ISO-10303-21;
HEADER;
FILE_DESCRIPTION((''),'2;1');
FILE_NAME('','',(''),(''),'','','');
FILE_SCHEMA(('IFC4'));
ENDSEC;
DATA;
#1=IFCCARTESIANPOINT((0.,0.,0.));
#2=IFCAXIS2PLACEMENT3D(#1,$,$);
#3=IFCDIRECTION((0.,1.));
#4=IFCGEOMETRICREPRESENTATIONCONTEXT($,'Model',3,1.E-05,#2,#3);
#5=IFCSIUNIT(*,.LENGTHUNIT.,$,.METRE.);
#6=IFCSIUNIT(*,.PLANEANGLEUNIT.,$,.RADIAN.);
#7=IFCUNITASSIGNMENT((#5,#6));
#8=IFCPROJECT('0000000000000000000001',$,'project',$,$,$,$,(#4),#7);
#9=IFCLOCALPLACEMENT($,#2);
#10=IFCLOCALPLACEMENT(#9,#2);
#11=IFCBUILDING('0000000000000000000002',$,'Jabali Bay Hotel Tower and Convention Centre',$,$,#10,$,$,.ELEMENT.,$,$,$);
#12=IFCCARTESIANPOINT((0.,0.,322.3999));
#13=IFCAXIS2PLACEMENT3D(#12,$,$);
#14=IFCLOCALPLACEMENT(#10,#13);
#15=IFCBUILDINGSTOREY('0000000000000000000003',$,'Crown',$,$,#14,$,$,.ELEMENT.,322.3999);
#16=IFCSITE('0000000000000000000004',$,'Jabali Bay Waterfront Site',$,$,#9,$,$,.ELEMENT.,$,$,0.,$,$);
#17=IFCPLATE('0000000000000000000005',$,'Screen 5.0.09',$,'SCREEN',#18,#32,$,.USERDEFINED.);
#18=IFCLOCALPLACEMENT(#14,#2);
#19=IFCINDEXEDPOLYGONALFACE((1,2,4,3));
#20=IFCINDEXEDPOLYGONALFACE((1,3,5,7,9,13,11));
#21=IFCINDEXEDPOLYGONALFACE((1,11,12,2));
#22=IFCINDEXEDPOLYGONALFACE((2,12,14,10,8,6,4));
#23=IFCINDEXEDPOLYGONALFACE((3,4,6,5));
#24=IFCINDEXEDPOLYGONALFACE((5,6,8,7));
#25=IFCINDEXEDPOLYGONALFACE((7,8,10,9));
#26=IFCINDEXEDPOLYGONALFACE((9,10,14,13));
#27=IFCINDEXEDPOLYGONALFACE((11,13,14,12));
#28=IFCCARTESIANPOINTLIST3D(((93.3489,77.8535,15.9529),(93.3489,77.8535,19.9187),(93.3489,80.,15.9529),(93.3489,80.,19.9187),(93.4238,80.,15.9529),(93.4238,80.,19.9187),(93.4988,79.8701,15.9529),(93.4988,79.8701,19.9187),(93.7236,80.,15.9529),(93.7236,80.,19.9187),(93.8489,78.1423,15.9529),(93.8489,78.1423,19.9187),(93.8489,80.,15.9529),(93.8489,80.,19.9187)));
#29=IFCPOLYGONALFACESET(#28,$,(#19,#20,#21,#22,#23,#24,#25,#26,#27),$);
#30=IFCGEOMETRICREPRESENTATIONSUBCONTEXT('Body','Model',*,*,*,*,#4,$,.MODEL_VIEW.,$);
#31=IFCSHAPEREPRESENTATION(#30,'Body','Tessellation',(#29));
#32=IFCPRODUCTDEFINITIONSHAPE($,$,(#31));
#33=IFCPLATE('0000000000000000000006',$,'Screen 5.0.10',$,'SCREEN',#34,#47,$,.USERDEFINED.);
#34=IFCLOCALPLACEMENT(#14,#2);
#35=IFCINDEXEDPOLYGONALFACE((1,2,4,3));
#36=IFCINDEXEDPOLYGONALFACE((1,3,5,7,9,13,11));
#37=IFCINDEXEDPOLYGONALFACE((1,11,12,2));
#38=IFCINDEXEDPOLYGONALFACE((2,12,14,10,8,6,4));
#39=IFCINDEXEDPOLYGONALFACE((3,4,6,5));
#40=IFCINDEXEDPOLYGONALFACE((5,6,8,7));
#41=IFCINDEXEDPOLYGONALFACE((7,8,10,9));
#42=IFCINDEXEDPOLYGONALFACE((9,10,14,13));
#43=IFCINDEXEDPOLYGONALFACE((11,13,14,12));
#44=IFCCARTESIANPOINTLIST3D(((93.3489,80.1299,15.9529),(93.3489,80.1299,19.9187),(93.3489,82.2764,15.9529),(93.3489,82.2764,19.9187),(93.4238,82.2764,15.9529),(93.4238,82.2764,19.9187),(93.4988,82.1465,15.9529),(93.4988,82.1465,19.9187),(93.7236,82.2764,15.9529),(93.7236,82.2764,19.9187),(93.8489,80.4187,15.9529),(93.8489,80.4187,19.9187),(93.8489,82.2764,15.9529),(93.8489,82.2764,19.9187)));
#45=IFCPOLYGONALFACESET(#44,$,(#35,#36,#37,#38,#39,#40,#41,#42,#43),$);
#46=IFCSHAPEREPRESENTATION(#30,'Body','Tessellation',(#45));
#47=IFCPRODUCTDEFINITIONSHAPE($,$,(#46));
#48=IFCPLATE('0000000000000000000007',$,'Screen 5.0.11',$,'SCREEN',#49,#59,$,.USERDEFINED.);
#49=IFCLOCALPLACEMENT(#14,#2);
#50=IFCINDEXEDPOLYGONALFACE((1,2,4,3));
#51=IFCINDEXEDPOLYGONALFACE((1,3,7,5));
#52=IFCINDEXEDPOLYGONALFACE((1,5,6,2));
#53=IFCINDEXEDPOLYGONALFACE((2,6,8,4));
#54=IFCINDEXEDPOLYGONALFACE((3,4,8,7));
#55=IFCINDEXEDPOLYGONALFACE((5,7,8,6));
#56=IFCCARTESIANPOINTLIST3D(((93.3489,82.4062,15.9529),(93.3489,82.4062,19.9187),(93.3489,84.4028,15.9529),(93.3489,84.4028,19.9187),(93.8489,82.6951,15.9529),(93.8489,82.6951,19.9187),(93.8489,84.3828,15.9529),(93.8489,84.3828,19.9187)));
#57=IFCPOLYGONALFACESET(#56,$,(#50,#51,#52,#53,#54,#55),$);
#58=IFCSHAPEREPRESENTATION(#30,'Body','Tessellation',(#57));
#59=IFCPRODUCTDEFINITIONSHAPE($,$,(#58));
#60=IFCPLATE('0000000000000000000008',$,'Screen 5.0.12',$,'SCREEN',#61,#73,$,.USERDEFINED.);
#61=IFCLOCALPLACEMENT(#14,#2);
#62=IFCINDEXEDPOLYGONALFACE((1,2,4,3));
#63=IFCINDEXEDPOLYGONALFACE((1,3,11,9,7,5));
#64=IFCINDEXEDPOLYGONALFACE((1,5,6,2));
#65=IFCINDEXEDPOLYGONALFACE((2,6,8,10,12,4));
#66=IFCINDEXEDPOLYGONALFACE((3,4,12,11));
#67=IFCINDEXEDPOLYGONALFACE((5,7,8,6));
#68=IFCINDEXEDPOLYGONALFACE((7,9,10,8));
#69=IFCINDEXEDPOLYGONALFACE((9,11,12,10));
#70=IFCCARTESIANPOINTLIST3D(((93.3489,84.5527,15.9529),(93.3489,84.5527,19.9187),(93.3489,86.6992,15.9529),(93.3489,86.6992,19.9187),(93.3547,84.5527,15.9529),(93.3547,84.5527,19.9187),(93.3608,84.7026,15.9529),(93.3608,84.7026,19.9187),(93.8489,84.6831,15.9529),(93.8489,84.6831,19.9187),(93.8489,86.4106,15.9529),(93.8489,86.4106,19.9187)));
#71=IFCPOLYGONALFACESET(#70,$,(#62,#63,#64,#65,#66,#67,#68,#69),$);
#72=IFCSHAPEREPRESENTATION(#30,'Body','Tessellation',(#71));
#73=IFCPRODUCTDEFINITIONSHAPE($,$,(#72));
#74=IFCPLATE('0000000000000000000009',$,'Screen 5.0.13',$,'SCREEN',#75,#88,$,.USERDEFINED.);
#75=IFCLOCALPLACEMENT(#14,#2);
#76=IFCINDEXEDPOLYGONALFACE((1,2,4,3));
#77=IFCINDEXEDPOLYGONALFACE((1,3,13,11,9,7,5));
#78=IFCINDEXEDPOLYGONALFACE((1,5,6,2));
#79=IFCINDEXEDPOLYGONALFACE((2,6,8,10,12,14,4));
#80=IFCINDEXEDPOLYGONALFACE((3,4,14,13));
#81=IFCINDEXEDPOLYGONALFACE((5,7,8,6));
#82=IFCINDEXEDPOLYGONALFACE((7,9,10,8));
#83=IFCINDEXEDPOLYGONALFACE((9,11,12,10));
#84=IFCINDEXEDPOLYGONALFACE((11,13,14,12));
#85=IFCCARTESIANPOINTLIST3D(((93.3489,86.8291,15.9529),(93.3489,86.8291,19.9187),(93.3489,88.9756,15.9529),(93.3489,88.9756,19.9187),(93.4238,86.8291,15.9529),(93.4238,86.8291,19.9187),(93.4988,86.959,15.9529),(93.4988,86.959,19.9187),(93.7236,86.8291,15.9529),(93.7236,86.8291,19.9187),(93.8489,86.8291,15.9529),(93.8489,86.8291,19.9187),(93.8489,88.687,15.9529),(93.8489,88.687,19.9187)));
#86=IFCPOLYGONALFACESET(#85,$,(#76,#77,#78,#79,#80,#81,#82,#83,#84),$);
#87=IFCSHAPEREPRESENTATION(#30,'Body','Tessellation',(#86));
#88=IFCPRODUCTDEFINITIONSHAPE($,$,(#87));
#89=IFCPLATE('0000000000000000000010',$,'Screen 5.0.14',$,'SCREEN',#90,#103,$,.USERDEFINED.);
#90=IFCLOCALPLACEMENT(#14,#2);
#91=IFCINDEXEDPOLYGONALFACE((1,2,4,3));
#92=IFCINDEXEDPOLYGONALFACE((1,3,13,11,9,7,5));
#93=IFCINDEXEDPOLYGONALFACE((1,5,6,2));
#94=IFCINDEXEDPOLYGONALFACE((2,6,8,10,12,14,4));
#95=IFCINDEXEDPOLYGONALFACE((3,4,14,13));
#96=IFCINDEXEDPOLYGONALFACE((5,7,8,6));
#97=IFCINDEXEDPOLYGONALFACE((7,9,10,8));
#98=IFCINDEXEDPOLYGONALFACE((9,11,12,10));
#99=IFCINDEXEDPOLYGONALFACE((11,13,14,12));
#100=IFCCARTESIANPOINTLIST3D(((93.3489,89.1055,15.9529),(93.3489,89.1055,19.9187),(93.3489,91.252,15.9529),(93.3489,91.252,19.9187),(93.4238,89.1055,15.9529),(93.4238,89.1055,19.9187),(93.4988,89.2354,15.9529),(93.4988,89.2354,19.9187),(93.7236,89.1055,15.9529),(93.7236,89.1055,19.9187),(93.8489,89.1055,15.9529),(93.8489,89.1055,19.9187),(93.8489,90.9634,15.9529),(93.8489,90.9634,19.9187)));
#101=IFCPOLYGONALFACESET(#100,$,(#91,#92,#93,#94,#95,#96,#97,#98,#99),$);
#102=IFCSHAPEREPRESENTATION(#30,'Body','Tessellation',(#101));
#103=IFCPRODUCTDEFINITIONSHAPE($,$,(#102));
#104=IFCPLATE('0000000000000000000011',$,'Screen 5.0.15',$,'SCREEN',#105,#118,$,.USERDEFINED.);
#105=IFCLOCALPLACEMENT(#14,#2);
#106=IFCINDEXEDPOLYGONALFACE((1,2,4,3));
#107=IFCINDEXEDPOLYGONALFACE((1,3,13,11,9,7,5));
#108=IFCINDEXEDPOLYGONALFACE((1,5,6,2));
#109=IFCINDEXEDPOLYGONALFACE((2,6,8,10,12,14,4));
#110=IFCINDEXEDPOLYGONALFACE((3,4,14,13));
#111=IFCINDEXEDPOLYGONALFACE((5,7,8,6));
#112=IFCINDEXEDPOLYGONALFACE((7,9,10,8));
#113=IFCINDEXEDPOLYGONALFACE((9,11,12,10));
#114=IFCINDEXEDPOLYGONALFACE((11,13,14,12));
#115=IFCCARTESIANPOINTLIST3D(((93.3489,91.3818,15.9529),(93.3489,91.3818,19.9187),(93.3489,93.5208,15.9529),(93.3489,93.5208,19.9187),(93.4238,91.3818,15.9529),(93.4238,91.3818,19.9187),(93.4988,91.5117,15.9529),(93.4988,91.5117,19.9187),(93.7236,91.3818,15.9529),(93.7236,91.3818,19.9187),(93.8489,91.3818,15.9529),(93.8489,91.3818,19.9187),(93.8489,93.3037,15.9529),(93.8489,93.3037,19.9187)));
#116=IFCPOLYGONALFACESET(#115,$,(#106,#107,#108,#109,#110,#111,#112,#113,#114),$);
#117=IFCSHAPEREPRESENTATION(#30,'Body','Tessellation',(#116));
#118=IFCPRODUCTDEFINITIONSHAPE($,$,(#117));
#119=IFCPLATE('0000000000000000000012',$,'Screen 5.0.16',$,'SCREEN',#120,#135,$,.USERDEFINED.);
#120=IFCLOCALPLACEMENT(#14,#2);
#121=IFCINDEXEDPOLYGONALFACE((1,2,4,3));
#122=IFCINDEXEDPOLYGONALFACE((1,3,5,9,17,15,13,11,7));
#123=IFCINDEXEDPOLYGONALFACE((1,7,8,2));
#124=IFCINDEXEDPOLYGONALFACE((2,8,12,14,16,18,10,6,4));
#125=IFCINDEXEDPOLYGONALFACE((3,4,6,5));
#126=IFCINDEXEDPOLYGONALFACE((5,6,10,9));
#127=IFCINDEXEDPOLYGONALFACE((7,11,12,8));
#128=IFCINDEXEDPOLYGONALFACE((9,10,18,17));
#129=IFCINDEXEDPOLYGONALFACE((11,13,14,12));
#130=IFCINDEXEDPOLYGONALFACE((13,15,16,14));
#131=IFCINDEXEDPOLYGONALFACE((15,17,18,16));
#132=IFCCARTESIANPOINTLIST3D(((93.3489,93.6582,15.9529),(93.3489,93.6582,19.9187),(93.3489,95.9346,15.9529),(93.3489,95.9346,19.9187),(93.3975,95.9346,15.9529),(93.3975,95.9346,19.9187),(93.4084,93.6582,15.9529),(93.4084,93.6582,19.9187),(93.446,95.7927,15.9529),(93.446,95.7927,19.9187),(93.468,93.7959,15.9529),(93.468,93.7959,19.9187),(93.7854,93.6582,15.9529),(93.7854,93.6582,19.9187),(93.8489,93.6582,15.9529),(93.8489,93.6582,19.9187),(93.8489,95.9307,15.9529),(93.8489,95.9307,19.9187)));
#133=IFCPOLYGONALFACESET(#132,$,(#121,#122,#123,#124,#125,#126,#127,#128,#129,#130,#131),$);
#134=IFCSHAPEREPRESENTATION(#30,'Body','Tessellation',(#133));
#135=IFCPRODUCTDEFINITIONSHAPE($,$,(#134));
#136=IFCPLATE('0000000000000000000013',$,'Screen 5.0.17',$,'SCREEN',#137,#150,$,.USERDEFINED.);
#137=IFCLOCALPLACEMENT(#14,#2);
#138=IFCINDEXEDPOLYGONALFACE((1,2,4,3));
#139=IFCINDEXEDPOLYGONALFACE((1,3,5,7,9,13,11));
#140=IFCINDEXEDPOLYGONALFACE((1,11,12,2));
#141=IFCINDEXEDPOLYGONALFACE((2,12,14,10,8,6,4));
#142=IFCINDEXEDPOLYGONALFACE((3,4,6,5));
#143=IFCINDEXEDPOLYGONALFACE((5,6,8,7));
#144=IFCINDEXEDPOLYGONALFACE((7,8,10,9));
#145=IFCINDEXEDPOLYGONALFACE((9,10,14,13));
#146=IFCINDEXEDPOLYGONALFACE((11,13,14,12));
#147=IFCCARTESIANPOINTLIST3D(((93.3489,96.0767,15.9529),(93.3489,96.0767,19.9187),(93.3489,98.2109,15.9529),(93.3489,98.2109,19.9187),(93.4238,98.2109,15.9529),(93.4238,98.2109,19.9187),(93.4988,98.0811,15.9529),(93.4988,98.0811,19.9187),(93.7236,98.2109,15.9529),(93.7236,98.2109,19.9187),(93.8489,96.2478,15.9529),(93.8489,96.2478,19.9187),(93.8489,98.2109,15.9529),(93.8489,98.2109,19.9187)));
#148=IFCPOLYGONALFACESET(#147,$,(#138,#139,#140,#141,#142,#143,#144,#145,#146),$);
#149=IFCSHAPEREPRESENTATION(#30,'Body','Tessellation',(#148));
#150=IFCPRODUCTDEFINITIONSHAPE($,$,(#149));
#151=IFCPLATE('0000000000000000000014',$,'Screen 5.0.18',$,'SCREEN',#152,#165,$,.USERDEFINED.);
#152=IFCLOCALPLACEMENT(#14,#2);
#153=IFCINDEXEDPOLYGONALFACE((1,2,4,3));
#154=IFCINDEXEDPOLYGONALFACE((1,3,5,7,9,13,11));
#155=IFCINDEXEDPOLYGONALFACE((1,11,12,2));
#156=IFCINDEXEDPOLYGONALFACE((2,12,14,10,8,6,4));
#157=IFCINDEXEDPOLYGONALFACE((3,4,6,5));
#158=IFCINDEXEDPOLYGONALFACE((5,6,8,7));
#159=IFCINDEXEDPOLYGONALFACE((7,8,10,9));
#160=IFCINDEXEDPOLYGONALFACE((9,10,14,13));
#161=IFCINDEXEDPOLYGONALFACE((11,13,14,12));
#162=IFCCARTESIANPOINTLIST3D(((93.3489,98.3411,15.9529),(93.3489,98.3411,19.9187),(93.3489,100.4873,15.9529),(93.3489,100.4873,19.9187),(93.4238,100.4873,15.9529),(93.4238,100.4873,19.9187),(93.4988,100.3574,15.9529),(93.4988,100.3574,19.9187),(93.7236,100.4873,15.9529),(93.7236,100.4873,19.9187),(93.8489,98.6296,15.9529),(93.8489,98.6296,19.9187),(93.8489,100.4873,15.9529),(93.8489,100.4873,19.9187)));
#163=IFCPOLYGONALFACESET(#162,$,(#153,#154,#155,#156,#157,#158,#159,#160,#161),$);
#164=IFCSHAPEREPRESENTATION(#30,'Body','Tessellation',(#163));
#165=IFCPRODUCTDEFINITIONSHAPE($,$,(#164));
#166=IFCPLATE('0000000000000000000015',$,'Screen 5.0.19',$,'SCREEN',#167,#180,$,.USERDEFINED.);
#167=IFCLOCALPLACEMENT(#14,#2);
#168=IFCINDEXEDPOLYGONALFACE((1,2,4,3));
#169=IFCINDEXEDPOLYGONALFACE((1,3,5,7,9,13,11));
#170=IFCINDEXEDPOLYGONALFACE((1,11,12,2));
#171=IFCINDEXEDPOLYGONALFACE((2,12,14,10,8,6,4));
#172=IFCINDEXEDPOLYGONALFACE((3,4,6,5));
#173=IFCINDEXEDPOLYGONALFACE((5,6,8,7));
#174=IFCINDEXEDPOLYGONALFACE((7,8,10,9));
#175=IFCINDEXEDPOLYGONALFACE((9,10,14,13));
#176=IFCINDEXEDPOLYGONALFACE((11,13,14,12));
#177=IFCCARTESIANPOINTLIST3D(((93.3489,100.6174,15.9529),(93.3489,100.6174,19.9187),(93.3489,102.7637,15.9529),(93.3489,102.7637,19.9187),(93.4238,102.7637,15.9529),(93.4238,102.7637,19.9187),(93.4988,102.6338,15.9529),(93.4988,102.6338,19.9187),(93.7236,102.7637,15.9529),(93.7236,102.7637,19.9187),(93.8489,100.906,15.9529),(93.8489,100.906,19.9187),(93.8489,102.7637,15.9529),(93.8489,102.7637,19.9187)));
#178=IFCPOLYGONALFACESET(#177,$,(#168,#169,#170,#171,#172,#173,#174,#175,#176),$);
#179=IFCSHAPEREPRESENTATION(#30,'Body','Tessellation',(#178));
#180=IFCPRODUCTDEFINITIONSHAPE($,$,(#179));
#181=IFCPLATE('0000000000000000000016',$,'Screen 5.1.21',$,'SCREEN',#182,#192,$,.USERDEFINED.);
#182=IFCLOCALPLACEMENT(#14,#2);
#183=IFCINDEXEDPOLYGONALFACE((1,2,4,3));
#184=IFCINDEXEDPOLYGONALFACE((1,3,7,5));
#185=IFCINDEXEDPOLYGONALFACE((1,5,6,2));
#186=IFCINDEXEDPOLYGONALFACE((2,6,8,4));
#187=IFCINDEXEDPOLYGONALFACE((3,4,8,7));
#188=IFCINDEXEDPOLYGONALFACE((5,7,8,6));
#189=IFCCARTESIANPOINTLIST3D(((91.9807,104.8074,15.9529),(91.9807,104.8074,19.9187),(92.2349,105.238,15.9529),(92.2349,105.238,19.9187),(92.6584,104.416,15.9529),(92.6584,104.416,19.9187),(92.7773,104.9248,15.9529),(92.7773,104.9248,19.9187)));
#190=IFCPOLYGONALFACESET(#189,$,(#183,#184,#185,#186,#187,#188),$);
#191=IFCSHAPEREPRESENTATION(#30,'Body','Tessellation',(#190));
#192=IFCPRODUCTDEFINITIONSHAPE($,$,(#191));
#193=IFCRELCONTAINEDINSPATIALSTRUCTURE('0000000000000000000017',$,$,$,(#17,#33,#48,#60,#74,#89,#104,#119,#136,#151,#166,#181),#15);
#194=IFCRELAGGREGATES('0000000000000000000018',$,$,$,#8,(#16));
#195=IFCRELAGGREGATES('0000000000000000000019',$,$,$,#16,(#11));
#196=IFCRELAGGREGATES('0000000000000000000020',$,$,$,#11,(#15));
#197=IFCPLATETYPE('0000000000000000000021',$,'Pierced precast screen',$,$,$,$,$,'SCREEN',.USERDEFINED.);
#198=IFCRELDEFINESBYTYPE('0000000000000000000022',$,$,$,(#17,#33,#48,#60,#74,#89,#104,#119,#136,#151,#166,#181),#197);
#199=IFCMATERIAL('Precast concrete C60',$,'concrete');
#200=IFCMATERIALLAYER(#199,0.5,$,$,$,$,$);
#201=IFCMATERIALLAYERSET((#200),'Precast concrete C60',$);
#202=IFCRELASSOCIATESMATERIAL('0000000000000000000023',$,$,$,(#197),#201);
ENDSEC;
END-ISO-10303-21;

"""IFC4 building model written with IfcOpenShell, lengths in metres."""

from ifc_helpers import new_model, si_unit, direction, frame, origin, place, context, subcontext, project, spatial, polyline, outline, extrude, material, layer, layer_set, type_object, element, save


model = new_model("IFC4")

# Units and contexts
model_context = context("Model", 3, precision=1e-05, world=origin(), true_north=direction((0.0, 1.0)))
body_context = subcontext(model_context, "Body", "Model", "MODEL_VIEW")
ifc_project = project(units=[si_unit("LENGTHUNIT", "METRE"), si_unit("PLANEANGLEUNIT", "RADIAN")], contexts=[model_context])

# Site, building, storey
site_placement = place(None, origin())
site = spatial("IfcSite", under=ifc_project, at=site_placement, Name="Jabali Bay Waterfront Site", CompositionType="ELEMENT", RefElevation=0.0)
building_placement = place(site_placement, origin())
building = spatial("IfcBuilding", under=site, at=building_placement, Name="Jabali Bay Hotel Tower and Convention Centre", CompositionType="ELEMENT")
storey_placement = place(building_placement, frame((0.0, 0.0, 322.3999)))
storey = spatial("IfcBuildingStorey", under=building, at=storey_placement, Name="Crown", CompositionType="ELEMENT", Elevation=322.3999)

# Plates
ifc_material = material(Name="Precast concrete C60", Category="concrete")
ifc_layer = layer(ifc_material, 0.5)
ifc_layer_set = layer_set([ifc_layer], Name="Precast concrete C60")
plate_type = type_object("IfcPlateType", Name="Pierced precast screen", ElementType="SCREEN", PredefinedType="USERDEFINED", material=ifc_layer_set)
plate_1_placement = place(storey_placement, frame((0.0, 0.0, 15.9529)))
element("IfcPlate", 1, at=plate_1_placement, inside=storey, type_object=plate_type, Name="Screen 5.0.09", ObjectType="SCREEN", PredefinedType="USERDEFINED", context=body_context, shape_type="SweptSolid", body=[
    extrude(outline(polyline([(93.3489, 80.0), (93.3489, 77.8535), (93.8489, 78.1423), (93.8489, 80.0), (93.7236, 80.0), (93.4988, 79.8701), (93.4238, 80.0), (93.3489, 80.0)])), origin(), (0.0, 0.0, 1.0), 3.9658),
])
plate_2_placement = place(storey_placement, frame((0.0, 0.0, 15.9529)))
element("IfcPlate", 2, at=plate_2_placement, inside=storey, type_object=plate_type, Name="Screen 5.0.10", ObjectType="SCREEN", PredefinedType="USERDEFINED", context=body_context, shape_type="SweptSolid", body=[
    extrude(outline(polyline([(93.3489, 82.2764), (93.3489, 80.1299), (93.8489, 80.4187), (93.8489, 82.2764), (93.7236, 82.2764), (93.4988, 82.1465), (93.4238, 82.2764), (93.3489, 82.2764)])), origin(), (0.0, 0.0, 1.0), 3.9658),
])
plate_3_placement = place(storey_placement, frame((0.0, 0.0, 15.9529)))
element("IfcPlate", 3, at=plate_3_placement, inside=storey, type_object=plate_type, Name="Screen 5.0.11", ObjectType="SCREEN", PredefinedType="USERDEFINED", context=body_context, shape_type="SweptSolid", body=[
    extrude(outline(polyline([(93.3489, 84.4028), (93.3489, 82.4062), (93.8489, 82.6951), (93.8489, 84.3828), (93.3489, 84.4028)])), origin(), (0.0, 0.0, 1.0), 3.9658),
])
plate_4_placement = place(storey_placement, frame((0.0, 0.0, 15.9529)))
element("IfcPlate", 4, at=plate_4_placement, inside=storey, type_object=plate_type, Name="Screen 5.0.12", ObjectType="SCREEN", PredefinedType="USERDEFINED", context=body_context, shape_type="SweptSolid", body=[
    extrude(outline(polyline([(93.3489, 86.6992), (93.3489, 84.5527), (93.3547, 84.5527), (93.3608, 84.7026), (93.8489, 84.6831), (93.8489, 86.4106), (93.3489, 86.6992)])), origin(), (0.0, 0.0, 1.0), 3.9658),
])
plate_5_placement = place(storey_placement, frame((0.0, 0.0, 15.9529)))
element("IfcPlate", 5, at=plate_5_placement, inside=storey, type_object=plate_type, Name="Screen 5.0.13", ObjectType="SCREEN", PredefinedType="USERDEFINED", context=body_context, shape_type="SweptSolid", body=[
    extrude(outline(polyline([(93.3489, 88.9756), (93.3489, 86.8291), (93.4238, 86.8291), (93.4988, 86.959), (93.7236, 86.8291), (93.8489, 86.8291), (93.8489, 88.687), (93.3489, 88.9756)])), origin(), (0.0, 0.0, 1.0), 3.9658),
])
plate_6_placement = place(storey_placement, frame((0.0, 0.0, 15.9529)))
element("IfcPlate", 6, at=plate_6_placement, inside=storey, type_object=plate_type, Name="Screen 5.0.14", ObjectType="SCREEN", PredefinedType="USERDEFINED", context=body_context, shape_type="SweptSolid", body=[
    extrude(outline(polyline([(93.3489, 91.252), (93.3489, 89.1055), (93.4238, 89.1055), (93.4988, 89.2354), (93.7236, 89.1055), (93.8489, 89.1055), (93.8489, 90.9634), (93.3489, 91.252)])), origin(), (0.0, 0.0, 1.0), 3.9658),
])
plate_7_placement = place(storey_placement, frame((0.0, 0.0, 15.9529)))
element("IfcPlate", 7, at=plate_7_placement, inside=storey, type_object=plate_type, Name="Screen 5.0.15", ObjectType="SCREEN", PredefinedType="USERDEFINED", context=body_context, shape_type="SweptSolid", body=[
    extrude(outline(polyline([(93.3489, 93.5208), (93.3489, 91.3818), (93.4238, 91.3818), (93.4988, 91.5117), (93.7236, 91.3818), (93.8489, 91.3818), (93.8489, 93.3037), (93.3489, 93.5208)])), origin(), (0.0, 0.0, 1.0), 3.9658),
])
plate_8_placement = place(storey_placement, frame((0.0, 0.0, 15.9529)))
element("IfcPlate", 8, at=plate_8_placement, inside=storey, type_object=plate_type, Name="Screen 5.0.16", ObjectType="SCREEN", PredefinedType="USERDEFINED", context=body_context, shape_type="SweptSolid", body=[
    extrude(outline(polyline([(93.3489, 95.9346), (93.3489, 93.6582), (93.4084, 93.6582), (93.468, 93.7959), (93.7854, 93.6582), (93.8489, 93.6582), (93.8489, 95.9307), (93.446, 95.7927), (93.3975, 95.9346), (93.3489, 95.9346)])), origin(), (0.0, 0.0, 1.0), 3.9658),
])
plate_9_placement = place(storey_placement, frame((0.0, 0.0, 15.9529)))
element("IfcPlate", 9, at=plate_9_placement, inside=storey, type_object=plate_type, Name="Screen 5.0.17", ObjectType="SCREEN", PredefinedType="USERDEFINED", context=body_context, shape_type="SweptSolid", body=[
    extrude(outline(polyline([(93.3489, 98.2109), (93.3489, 96.0767), (93.8489, 96.2478), (93.8489, 98.2109), (93.7236, 98.2109), (93.4988, 98.0811), (93.4238, 98.2109), (93.3489, 98.2109)])), origin(), (0.0, 0.0, 1.0), 3.9658),
])
plate_10_placement = place(storey_placement, frame((0.0, 0.0, 15.9529)))
element("IfcPlate", 10, at=plate_10_placement, inside=storey, type_object=plate_type, Name="Screen 5.0.18", ObjectType="SCREEN", PredefinedType="USERDEFINED", context=body_context, shape_type="SweptSolid", body=[
    extrude(outline(polyline([(93.3489, 100.4873), (93.3489, 98.3411), (93.8489, 98.6296), (93.8489, 100.4873), (93.7236, 100.4873), (93.4988, 100.3574), (93.4238, 100.4873), (93.3489, 100.4873)])), origin(), (0.0, 0.0, 1.0), 3.9658),
])
plate_11_placement = place(storey_placement, frame((0.0, 0.0, 15.9529)))
element("IfcPlate", 11, at=plate_11_placement, inside=storey, type_object=plate_type, Name="Screen 5.0.19", ObjectType="SCREEN", PredefinedType="USERDEFINED", context=body_context, shape_type="SweptSolid", body=[
    extrude(outline(polyline([(93.3489, 102.7637), (93.3489, 100.6174), (93.8489, 100.906), (93.8489, 102.7637), (93.7236, 102.7637), (93.4988, 102.6338), (93.4238, 102.7637), (93.3489, 102.7637)])), origin(), (0.0, 0.0, 1.0), 3.9658),
])
plate_12_placement = place(storey_placement, frame((0.0, 0.0, 15.9529)))
element("IfcPlate", 12, at=plate_12_placement, inside=storey, type_object=plate_type, Name="Screen 5.1.21", ObjectType="SCREEN", PredefinedType="USERDEFINED", context=body_context, shape_type="SweptSolid", body=[
    extrude(outline(polyline([(91.9807, 104.8074), (92.6584, 104.416), (92.7773, 104.9248), (92.2349, 105.238), (91.9807, 104.8074)])), origin(), (0.0, 0.0, 1.0), 3.9658),
])

save(model, "model.ifc")
